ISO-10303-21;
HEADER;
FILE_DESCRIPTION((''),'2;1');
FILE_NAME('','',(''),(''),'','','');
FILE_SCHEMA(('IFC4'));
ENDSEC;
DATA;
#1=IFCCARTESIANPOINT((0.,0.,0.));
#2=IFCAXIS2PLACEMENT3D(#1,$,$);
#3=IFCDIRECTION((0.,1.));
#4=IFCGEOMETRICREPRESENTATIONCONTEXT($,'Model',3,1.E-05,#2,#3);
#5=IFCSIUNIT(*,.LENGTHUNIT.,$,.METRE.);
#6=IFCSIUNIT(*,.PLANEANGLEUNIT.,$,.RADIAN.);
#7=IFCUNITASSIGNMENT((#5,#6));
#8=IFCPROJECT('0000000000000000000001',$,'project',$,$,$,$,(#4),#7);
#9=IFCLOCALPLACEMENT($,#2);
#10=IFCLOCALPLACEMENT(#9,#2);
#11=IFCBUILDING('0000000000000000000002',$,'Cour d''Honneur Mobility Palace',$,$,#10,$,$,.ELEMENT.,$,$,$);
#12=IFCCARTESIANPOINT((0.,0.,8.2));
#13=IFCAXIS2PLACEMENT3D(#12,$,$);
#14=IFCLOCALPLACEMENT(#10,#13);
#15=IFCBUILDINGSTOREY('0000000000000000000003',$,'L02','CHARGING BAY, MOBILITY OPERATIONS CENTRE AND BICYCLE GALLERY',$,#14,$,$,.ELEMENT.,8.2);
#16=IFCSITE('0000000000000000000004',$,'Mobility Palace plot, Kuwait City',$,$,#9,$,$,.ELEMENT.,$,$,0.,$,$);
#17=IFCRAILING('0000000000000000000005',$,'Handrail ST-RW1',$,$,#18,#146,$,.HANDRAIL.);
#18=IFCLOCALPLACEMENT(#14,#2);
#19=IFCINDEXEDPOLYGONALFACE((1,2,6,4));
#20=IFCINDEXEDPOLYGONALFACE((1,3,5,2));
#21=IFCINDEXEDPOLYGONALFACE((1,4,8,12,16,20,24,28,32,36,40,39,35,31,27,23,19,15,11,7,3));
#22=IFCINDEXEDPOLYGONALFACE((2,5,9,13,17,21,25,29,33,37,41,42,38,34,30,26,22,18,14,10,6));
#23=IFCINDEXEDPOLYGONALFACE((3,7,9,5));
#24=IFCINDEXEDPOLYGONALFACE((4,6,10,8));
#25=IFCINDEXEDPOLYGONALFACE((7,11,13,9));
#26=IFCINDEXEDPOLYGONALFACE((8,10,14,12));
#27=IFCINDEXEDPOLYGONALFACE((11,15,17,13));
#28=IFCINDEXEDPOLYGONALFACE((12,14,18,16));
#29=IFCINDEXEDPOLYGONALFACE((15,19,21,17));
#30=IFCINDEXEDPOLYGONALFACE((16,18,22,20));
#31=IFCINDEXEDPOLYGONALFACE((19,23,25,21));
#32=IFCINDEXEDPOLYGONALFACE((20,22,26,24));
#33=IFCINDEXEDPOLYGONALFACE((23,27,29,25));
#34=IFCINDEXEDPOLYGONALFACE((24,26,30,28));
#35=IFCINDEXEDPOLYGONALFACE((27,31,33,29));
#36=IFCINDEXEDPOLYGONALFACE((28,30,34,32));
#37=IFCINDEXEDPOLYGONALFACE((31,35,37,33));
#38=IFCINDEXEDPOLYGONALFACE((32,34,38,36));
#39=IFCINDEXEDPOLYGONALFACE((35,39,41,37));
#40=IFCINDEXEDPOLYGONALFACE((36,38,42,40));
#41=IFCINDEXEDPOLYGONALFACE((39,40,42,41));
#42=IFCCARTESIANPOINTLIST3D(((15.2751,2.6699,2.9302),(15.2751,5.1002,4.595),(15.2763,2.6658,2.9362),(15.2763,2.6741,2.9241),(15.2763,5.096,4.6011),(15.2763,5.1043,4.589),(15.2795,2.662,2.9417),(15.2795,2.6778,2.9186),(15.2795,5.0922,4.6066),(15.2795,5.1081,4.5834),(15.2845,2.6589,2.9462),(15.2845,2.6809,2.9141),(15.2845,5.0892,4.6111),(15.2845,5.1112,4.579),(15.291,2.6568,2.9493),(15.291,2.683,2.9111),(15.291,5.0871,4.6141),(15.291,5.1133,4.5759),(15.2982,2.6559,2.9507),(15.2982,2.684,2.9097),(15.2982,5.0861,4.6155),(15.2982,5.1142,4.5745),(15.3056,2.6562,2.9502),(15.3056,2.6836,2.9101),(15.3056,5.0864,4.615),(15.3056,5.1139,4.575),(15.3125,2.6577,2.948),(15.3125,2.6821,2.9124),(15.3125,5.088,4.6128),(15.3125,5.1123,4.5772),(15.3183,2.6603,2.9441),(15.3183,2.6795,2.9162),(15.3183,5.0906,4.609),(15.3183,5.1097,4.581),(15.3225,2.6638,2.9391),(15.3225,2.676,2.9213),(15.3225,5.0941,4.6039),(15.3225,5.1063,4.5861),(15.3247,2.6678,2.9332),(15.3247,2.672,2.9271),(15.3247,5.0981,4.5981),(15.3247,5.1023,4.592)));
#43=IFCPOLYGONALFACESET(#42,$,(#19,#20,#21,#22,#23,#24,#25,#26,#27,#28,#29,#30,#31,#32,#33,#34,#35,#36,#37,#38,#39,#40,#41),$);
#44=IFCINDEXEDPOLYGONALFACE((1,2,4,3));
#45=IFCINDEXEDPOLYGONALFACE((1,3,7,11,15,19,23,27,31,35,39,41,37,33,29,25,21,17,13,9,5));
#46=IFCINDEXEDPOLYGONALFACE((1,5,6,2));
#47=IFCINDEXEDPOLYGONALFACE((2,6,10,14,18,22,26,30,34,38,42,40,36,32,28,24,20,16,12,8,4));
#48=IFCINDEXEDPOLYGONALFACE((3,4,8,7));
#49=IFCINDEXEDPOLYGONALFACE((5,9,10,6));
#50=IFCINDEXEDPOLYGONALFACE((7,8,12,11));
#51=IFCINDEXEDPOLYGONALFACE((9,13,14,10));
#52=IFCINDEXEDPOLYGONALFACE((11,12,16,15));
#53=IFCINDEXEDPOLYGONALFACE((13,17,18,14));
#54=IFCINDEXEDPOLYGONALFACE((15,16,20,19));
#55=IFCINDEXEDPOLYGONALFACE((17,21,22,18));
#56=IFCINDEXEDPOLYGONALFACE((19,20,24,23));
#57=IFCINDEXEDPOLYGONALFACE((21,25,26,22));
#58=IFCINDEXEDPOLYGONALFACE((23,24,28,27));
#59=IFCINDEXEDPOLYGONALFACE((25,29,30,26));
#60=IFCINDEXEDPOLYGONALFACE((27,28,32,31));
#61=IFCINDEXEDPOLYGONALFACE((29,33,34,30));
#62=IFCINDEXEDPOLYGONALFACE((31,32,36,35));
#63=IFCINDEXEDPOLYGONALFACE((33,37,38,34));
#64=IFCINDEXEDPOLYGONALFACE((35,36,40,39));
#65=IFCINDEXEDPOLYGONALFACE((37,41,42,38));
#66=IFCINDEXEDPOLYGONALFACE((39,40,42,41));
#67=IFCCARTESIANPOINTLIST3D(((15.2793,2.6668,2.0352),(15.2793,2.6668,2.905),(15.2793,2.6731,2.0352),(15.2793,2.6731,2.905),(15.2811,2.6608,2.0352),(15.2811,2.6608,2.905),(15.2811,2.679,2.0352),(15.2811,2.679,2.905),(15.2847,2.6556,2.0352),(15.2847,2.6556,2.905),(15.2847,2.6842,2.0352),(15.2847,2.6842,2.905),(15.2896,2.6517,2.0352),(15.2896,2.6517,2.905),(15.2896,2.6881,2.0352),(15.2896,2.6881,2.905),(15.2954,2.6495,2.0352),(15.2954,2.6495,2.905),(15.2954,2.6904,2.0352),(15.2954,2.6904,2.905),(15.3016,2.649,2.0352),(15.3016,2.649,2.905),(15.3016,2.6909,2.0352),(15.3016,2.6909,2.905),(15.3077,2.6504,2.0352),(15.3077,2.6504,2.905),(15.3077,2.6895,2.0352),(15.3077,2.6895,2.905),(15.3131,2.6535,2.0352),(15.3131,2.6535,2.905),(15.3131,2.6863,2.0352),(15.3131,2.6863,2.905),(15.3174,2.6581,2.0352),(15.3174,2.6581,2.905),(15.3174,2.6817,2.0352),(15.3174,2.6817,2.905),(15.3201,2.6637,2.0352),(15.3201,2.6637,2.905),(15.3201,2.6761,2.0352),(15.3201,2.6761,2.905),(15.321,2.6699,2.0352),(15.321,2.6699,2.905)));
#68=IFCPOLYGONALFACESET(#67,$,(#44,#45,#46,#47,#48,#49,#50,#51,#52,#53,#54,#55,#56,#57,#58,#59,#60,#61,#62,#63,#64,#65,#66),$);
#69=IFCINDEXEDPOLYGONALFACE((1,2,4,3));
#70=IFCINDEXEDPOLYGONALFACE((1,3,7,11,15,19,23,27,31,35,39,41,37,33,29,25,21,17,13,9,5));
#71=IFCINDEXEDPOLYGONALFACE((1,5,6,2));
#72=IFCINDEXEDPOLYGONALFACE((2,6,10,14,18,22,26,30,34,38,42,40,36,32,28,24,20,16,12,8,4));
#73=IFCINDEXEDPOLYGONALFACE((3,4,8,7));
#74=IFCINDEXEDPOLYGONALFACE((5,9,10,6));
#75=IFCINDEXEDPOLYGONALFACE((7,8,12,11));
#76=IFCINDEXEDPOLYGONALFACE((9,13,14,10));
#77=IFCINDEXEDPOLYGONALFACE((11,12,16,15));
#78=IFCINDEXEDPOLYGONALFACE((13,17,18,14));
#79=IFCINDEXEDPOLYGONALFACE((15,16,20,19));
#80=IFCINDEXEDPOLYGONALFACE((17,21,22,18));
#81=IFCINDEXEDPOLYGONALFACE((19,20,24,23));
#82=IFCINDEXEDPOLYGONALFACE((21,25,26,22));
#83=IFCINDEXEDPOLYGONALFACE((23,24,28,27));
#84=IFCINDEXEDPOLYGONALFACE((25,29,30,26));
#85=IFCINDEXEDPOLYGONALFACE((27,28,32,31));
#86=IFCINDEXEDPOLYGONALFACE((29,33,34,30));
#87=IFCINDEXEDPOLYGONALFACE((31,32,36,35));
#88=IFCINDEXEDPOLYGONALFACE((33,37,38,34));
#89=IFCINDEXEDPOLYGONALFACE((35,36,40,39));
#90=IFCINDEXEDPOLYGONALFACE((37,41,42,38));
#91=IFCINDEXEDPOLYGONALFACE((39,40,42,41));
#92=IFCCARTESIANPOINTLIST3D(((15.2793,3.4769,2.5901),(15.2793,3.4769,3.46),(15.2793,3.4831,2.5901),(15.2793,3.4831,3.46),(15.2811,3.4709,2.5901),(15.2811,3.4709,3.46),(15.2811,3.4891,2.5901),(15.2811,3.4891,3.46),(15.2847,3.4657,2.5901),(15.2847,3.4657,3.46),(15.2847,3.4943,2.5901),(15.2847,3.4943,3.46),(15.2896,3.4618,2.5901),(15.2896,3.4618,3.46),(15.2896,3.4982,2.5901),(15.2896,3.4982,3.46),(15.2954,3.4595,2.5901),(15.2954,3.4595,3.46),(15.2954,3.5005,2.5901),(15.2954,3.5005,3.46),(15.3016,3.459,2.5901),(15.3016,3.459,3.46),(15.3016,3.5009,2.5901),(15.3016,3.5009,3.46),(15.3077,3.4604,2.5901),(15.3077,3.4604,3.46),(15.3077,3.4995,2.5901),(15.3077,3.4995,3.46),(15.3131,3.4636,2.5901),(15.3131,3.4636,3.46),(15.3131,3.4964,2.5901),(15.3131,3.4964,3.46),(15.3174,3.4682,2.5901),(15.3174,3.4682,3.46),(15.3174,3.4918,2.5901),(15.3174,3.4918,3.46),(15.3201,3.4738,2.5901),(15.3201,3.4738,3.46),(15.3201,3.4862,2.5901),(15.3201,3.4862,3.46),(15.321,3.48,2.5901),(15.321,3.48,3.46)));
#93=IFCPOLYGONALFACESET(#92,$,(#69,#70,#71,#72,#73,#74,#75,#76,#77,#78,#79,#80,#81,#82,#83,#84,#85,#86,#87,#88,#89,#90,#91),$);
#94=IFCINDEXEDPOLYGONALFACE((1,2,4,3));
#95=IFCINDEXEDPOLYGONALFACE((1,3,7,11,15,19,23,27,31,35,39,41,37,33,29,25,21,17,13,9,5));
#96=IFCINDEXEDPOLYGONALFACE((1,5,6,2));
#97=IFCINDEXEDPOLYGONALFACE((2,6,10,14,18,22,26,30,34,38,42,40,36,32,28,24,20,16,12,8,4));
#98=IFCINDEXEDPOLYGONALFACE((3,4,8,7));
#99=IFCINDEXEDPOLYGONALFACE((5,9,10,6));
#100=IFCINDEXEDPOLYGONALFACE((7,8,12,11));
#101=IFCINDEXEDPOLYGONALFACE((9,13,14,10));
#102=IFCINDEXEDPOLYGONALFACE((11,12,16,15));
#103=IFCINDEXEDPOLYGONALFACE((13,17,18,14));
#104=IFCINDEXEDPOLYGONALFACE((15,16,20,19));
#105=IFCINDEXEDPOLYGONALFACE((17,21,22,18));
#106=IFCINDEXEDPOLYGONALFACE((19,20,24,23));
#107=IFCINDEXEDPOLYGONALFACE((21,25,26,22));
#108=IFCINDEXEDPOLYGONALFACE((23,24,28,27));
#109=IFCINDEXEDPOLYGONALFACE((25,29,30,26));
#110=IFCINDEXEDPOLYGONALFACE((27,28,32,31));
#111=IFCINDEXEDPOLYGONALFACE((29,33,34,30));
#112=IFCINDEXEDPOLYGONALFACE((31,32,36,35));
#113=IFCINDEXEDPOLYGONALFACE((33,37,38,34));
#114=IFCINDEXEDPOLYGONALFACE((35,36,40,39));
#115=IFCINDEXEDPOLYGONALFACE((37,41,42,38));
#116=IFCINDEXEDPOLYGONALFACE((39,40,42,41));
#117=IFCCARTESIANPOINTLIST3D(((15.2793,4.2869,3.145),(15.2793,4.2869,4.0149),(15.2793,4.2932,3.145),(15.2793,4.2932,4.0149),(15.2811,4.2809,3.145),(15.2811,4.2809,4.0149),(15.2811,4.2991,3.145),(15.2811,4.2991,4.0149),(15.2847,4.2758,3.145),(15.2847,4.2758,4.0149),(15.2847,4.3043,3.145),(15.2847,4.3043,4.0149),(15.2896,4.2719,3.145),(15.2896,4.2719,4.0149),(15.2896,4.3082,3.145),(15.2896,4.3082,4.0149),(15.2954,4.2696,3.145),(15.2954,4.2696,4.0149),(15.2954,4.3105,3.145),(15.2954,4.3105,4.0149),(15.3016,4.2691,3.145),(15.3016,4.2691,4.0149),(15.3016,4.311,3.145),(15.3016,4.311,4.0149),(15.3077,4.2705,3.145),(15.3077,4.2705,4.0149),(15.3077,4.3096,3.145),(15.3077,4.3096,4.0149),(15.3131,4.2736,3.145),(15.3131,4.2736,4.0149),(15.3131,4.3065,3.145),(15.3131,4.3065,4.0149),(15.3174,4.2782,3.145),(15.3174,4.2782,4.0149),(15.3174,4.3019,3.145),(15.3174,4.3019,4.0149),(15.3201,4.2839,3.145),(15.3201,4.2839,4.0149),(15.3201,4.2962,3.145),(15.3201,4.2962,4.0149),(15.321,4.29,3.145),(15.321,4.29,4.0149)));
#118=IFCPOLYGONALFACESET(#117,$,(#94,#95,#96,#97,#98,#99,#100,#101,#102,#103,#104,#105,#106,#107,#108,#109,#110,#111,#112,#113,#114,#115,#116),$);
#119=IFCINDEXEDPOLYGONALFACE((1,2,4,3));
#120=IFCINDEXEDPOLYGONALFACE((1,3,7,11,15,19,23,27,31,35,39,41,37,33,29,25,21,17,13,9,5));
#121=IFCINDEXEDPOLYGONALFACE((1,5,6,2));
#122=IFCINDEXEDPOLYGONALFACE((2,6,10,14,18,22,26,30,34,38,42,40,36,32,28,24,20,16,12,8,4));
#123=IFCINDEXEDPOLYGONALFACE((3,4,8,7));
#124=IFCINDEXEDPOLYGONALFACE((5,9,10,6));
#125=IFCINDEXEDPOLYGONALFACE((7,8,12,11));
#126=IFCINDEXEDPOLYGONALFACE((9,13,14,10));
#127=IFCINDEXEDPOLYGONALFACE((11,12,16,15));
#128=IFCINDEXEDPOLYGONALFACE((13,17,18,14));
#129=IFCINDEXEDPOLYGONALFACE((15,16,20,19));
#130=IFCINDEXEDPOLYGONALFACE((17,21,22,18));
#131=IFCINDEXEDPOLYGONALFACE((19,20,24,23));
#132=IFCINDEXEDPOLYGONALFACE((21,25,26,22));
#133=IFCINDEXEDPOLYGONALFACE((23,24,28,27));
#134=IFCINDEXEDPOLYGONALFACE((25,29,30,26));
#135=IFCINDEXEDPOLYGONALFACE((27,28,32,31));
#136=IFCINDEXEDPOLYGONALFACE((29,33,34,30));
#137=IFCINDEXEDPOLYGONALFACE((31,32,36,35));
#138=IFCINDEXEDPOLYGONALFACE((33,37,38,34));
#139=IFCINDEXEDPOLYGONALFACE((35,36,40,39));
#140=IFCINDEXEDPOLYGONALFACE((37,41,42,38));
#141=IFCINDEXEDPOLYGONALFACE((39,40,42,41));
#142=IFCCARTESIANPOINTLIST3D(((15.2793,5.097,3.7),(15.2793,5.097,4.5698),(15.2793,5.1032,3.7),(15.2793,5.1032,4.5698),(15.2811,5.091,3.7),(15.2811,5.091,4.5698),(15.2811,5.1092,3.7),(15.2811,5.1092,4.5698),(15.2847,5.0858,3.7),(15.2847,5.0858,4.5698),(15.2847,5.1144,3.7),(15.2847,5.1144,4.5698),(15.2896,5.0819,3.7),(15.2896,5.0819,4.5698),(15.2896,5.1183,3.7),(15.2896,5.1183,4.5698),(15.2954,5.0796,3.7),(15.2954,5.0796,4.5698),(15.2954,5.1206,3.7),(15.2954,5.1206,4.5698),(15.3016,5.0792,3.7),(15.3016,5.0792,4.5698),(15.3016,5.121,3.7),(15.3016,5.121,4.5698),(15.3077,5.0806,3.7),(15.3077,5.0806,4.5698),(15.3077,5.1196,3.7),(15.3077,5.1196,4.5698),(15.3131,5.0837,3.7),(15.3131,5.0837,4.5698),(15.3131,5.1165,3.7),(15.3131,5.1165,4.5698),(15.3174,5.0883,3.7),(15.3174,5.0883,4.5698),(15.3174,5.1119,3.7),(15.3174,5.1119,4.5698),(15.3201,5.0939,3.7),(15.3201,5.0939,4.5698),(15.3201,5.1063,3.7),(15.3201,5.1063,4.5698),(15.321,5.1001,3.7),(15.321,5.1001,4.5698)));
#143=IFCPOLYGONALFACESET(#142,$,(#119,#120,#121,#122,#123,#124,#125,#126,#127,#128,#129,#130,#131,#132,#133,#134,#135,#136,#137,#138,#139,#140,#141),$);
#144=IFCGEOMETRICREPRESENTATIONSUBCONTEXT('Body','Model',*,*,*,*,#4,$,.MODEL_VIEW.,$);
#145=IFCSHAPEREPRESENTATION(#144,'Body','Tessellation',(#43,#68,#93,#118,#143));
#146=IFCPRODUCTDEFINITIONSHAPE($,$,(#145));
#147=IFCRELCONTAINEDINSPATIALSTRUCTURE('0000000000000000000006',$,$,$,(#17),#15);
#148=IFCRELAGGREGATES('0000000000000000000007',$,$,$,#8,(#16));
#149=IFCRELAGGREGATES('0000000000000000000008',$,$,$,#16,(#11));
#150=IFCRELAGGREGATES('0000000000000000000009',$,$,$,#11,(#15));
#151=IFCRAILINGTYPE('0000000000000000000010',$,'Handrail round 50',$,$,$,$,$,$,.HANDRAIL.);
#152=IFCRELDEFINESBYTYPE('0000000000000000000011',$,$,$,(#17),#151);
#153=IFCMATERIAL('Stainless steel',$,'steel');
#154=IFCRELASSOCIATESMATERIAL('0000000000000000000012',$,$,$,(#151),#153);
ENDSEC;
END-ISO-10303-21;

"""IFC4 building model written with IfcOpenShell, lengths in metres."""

from ifc_helpers import new_model, si_unit, direction, frame, origin, origin_2d, place, context, subcontext, project, spatial, circle, extrude, material, type_object, element, save


model = new_model("IFC4")

# Units and contexts
model_context = context("Model", 3, precision=1e-05, world=origin(), true_north=direction((0.0, 1.0)))
body_context = subcontext(model_context, "Body", "Model", "MODEL_VIEW")
ifc_project = project(units=[si_unit("LENGTHUNIT", "METRE"), si_unit("PLANEANGLEUNIT", "RADIAN")], contexts=[model_context])

# Site, building, storey
site_placement = place(None, origin())
site = spatial("IfcSite", under=ifc_project, at=site_placement, Name="Mobility Palace plot, Kuwait City", CompositionType="ELEMENT", RefElevation=0.0)
building_placement = place(site_placement, origin())
building = spatial("IfcBuilding", under=site, at=building_placement, Name="Cour d'Honneur Mobility Palace", CompositionType="ELEMENT")
storey_placement = place(building_placement, frame((0.0, 0.0, 8.2)))
storey = spatial("IfcBuildingStorey", under=building, at=storey_placement, Name="L02", Description="CHARGING BAY, MOBILITY OPERATIONS CENTRE AND BICYCLE GALLERY", CompositionType="ELEMENT", Elevation=8.2)

# Railing
ifc_material_1 = material(Name="Stainless steel", Category="steel")
railing_type_1 = type_object("IfcRailingType", Name="Handrail round 50", PredefinedType="HANDRAIL", material=ifc_material_1)
for number, where, name in (
    (1, (15.3, 2.6699, 2.0352), "Handrail ST-RW1"),
):
    element("IfcRailing", number, at=place(storey_placement, frame(where)), inside=storey, type_object=railing_type_1, Name=name, PredefinedType="HANDRAIL", context=body_context, shape_type="SweptSolid", body=[
        extrude(circle(Radius=0.0249, at=origin_2d()), frame((0.0, 0.0, 0.895), z_axis=(0.0, 0.824984, 0.565156), x_axis=(-1.0, 0.0, 0.0)), (0.0, 0.0, 1.0), 2.9458),
        extrude(circle(Radius=0.021, at=origin_2d()), origin(), (0.0, 0.0, 1.0), 0.8699),
        extrude(circle(Radius=0.021, at=origin_2d()), frame((0.0, 0.8101, 0.5549)), (0.0, 0.0, 1.0), 0.8699),
        extrude(circle(Radius=0.021, at=origin_2d()), frame((0.0, 1.6201, 1.1099)), (0.0, 0.0, 1.0), 0.8699),
        extrude(circle(Radius=0.021, at=origin_2d()), frame((0.0, 2.4302, 1.6648)), (0.0, 0.0, 1.0), 0.8699),
    ])

save(model, "model.ifc")
